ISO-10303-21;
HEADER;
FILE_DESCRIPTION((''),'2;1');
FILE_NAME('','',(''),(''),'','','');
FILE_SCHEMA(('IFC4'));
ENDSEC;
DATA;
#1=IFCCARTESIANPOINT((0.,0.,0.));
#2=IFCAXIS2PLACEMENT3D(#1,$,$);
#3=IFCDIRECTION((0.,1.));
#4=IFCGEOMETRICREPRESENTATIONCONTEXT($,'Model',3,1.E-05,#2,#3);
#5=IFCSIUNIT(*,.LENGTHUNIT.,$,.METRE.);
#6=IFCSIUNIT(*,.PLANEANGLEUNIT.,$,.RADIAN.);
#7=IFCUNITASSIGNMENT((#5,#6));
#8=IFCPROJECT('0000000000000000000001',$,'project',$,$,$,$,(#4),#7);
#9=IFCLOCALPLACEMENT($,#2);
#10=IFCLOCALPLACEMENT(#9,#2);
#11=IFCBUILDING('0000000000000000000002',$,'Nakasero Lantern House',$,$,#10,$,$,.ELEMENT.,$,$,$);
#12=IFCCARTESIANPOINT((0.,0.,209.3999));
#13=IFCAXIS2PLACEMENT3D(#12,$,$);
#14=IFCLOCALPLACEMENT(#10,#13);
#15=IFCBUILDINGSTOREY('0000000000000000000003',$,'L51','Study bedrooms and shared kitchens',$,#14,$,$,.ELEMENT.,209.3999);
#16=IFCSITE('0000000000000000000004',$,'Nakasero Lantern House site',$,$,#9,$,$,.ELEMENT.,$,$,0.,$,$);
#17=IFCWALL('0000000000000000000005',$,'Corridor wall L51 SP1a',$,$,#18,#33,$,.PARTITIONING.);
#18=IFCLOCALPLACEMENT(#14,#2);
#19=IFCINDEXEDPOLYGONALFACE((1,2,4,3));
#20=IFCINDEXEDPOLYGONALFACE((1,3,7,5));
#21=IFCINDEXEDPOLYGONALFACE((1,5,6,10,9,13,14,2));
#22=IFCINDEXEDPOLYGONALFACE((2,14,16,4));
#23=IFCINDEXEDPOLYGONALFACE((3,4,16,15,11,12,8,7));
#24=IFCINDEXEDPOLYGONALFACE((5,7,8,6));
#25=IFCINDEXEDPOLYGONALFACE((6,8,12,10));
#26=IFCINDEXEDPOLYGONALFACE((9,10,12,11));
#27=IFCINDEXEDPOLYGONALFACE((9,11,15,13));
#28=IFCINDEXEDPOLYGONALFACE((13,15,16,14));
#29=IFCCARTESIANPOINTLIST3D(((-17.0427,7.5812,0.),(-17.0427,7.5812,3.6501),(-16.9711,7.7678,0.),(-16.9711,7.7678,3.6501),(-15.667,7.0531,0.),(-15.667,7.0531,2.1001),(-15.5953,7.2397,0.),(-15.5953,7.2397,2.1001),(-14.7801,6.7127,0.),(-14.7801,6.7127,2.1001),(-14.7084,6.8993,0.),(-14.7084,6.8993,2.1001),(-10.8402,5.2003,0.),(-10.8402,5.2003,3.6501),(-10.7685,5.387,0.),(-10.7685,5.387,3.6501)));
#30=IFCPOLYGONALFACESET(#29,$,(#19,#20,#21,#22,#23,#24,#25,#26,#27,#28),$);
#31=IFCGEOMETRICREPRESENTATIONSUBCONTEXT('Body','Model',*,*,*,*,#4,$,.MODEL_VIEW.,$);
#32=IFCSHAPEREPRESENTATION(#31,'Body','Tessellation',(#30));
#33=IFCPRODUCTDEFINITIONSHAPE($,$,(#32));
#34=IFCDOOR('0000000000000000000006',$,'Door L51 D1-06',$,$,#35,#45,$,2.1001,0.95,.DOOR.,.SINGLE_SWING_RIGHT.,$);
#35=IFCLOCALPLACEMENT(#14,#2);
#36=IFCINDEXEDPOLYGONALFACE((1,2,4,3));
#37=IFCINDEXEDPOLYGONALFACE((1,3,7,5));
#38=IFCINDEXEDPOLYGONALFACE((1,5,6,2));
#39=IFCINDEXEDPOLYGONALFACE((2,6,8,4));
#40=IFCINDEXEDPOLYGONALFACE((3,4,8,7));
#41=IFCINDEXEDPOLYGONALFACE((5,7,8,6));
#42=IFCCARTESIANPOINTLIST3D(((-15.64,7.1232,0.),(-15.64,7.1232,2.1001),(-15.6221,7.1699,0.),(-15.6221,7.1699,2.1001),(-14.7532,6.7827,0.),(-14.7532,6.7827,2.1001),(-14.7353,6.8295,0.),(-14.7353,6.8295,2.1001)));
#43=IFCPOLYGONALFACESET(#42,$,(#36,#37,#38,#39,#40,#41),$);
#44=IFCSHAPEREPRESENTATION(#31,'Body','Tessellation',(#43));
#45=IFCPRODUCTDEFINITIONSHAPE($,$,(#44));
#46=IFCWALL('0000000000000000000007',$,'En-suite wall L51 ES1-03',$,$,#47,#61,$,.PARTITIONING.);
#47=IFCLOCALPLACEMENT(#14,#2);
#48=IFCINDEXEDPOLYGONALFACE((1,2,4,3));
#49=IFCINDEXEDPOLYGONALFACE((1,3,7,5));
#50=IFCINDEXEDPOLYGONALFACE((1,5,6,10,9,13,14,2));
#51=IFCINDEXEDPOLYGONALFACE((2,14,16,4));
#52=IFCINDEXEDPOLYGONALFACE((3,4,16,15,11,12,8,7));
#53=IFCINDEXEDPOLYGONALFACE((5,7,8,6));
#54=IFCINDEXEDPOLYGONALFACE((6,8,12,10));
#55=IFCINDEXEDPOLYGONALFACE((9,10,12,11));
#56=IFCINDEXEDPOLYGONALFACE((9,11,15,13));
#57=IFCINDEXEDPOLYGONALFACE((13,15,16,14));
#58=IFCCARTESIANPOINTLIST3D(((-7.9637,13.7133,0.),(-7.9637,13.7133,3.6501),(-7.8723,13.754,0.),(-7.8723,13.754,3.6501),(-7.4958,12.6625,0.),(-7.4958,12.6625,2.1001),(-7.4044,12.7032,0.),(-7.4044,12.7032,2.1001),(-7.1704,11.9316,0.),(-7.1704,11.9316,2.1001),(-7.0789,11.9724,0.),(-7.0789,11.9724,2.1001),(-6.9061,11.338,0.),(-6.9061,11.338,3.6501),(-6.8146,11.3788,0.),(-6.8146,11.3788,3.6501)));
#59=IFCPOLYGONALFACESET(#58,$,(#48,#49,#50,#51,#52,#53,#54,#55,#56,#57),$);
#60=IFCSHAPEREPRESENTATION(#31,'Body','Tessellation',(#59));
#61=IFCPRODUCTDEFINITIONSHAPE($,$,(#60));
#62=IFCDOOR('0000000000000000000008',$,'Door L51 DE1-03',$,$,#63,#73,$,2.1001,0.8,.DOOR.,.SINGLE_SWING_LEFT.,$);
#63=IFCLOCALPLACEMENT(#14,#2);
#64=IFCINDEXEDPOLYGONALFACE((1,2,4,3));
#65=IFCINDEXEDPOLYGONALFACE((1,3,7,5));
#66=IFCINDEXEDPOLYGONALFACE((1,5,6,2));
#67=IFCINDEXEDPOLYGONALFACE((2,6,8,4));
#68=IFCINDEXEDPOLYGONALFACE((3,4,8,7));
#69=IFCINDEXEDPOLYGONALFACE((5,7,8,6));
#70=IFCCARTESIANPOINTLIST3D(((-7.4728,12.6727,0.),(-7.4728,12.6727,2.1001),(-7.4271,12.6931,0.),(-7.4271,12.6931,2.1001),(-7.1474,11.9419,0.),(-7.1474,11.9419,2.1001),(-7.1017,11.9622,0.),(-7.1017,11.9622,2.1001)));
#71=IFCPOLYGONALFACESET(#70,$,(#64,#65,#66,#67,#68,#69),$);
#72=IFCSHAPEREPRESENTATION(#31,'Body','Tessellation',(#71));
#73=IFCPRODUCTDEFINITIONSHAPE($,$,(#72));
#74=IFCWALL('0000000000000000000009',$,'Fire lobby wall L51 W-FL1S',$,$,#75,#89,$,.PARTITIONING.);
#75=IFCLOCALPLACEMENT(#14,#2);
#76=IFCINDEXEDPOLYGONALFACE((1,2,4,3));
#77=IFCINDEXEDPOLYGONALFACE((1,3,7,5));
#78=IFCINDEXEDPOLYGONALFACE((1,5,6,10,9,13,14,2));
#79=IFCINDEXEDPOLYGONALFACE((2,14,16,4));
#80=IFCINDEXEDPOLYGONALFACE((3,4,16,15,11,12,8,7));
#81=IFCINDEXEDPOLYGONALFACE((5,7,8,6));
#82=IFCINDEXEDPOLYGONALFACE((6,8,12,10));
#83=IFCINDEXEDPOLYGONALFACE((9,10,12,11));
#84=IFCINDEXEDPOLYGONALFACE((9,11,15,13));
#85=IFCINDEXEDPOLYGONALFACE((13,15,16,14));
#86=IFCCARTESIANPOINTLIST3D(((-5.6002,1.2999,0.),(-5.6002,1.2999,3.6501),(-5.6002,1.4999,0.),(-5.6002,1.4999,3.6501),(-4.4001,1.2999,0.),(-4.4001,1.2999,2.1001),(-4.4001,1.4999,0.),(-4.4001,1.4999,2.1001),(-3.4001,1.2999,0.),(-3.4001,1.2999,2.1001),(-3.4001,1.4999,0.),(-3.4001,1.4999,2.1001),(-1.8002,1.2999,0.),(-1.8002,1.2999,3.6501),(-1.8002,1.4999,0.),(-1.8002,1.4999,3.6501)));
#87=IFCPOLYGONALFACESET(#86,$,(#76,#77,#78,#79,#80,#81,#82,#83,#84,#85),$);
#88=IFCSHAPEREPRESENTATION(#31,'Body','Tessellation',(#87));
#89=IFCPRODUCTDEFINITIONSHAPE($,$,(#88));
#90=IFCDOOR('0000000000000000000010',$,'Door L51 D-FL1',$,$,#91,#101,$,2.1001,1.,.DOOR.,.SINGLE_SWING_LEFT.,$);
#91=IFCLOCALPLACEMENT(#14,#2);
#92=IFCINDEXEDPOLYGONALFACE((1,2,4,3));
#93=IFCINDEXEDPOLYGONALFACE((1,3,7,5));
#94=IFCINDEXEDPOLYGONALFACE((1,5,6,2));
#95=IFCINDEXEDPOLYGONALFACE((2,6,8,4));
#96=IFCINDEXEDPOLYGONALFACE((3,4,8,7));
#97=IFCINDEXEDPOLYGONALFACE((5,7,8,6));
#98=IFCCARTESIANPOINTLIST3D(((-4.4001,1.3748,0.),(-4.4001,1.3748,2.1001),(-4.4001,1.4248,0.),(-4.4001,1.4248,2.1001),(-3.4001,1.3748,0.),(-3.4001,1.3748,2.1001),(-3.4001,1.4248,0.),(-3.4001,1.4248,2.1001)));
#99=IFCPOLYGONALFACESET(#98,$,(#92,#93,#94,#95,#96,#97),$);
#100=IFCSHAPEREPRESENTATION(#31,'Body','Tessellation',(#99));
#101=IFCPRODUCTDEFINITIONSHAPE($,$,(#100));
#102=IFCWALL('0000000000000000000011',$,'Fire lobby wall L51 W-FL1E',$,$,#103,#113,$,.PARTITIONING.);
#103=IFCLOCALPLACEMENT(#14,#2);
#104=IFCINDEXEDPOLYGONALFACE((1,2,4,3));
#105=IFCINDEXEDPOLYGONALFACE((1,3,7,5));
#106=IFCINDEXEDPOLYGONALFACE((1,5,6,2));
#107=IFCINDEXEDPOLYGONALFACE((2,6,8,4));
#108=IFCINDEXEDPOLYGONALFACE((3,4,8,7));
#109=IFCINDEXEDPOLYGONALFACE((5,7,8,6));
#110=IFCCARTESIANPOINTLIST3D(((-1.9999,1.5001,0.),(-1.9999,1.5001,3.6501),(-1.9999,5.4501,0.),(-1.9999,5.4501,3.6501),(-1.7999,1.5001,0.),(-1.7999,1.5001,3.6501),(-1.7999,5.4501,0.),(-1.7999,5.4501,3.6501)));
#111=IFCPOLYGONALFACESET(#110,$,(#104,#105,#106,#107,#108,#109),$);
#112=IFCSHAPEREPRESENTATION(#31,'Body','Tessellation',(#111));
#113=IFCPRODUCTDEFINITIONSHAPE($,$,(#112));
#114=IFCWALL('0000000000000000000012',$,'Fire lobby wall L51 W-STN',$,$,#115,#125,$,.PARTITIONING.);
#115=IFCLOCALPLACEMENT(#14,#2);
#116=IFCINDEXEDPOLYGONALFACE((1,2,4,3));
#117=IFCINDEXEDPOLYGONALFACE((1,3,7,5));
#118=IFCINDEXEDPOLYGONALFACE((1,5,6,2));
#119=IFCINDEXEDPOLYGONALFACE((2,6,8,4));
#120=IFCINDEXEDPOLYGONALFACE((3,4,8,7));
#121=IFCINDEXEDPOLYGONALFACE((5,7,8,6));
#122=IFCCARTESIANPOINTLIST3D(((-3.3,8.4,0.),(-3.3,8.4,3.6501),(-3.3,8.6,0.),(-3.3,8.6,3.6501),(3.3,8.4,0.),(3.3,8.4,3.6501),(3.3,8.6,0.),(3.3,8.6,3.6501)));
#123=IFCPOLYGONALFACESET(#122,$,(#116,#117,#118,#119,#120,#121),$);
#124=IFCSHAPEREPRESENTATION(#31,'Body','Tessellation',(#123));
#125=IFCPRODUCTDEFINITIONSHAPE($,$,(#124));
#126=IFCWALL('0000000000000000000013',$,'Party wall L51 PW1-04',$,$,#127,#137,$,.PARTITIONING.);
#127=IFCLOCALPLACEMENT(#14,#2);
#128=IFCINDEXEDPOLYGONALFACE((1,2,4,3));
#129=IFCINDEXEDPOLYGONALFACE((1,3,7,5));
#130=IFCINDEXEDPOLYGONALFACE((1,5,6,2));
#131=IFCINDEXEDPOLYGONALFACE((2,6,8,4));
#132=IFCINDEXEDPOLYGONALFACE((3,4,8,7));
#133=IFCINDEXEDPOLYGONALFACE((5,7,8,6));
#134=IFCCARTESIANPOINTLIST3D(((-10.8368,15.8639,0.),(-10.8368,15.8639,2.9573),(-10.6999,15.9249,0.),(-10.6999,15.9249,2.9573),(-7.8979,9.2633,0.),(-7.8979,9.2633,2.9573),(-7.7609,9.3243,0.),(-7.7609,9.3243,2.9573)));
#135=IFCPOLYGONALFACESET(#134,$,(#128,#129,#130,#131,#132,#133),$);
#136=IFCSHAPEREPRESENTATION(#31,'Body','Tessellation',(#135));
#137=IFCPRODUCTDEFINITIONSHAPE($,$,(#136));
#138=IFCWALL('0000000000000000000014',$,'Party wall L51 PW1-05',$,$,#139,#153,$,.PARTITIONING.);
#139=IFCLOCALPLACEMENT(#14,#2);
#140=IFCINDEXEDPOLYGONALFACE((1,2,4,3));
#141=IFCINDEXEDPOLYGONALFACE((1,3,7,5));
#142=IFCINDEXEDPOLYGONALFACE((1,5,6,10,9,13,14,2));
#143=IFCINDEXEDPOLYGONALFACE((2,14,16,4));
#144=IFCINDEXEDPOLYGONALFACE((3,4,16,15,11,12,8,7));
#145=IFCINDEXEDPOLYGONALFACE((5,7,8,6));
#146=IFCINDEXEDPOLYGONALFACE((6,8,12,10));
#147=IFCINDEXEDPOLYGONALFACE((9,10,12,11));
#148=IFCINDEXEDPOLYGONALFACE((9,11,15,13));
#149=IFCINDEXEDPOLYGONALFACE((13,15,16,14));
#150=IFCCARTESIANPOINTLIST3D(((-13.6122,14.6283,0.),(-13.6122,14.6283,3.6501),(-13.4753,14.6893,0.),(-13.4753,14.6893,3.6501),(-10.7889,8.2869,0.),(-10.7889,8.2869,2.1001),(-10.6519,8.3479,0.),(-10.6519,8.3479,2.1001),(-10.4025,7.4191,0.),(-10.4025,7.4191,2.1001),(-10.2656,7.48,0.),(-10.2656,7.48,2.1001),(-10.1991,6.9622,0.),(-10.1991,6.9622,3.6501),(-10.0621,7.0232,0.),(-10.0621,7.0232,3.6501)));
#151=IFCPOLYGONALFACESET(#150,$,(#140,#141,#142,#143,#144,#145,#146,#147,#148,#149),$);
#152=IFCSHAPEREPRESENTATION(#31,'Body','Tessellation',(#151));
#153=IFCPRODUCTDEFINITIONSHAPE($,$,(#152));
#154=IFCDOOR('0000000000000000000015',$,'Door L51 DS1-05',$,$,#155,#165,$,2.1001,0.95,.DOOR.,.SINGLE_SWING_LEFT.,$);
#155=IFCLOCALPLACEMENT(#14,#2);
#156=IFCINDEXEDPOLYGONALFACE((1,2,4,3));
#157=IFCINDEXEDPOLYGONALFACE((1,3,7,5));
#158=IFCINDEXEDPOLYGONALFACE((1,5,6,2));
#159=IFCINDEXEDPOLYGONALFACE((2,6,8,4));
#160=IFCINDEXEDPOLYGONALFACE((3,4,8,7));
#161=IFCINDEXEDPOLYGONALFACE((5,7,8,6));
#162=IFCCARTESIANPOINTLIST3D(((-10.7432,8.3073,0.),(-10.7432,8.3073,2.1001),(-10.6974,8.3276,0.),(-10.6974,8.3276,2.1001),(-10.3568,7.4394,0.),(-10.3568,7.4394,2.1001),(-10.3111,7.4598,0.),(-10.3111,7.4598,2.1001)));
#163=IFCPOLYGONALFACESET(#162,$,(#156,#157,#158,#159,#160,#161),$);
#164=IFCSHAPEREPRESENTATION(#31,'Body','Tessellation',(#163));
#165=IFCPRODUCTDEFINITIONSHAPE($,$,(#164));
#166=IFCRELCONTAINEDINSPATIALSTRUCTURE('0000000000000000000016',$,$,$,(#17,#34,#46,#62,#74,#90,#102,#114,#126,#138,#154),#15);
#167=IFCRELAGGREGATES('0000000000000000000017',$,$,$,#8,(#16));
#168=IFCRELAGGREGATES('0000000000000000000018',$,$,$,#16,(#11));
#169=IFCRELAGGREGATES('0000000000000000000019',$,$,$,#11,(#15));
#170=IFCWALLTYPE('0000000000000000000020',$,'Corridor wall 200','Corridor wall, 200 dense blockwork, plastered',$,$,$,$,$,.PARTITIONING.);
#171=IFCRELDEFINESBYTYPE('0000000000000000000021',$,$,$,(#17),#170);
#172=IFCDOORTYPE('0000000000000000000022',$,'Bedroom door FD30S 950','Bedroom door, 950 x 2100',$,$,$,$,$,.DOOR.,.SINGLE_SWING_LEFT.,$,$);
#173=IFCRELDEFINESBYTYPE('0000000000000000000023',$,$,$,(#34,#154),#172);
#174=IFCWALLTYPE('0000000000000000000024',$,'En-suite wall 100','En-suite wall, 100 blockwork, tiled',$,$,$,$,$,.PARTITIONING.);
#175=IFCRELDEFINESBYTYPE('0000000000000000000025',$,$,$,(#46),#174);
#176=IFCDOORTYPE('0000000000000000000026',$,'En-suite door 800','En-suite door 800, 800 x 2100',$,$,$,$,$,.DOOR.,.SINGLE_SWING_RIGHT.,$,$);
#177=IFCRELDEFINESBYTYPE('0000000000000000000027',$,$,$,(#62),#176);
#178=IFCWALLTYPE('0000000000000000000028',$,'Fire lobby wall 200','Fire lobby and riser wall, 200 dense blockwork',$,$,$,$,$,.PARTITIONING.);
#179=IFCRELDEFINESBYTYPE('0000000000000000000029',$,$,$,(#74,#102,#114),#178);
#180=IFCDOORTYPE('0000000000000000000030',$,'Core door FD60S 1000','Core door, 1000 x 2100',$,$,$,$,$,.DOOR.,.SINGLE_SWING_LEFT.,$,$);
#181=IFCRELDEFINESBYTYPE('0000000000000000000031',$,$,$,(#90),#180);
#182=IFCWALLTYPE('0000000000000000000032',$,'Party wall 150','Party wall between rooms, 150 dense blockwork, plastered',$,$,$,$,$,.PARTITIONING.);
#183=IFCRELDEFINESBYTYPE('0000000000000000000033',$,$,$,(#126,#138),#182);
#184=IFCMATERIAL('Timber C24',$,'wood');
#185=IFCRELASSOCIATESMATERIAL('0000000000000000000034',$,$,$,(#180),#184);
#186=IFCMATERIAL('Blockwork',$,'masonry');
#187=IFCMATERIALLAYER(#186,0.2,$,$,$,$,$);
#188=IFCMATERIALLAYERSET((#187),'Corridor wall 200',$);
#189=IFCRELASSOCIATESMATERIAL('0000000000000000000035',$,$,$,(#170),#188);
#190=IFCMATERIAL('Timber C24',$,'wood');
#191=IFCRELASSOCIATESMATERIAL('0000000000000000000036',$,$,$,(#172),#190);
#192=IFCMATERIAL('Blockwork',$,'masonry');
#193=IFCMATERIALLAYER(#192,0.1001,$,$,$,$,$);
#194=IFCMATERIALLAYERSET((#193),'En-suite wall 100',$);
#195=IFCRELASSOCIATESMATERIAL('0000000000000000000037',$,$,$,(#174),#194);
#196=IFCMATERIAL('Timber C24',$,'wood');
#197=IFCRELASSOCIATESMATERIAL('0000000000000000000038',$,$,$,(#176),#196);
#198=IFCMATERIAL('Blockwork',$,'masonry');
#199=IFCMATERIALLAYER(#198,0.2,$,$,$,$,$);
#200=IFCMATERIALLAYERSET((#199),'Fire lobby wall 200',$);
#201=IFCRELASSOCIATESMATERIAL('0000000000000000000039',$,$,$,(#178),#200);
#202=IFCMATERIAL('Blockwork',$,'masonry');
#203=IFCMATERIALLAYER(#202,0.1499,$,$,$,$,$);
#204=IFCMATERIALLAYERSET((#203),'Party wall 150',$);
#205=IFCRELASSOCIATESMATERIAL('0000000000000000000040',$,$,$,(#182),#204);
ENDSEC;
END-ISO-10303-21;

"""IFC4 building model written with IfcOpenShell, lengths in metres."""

from ifc_helpers import new_model, si_unit, direction, frame, frame_2d, origin, place, context, subcontext, project, spatial, rectangle, extrude, material, layer, layer_set, type_object, element, fill, save


model = new_model("IFC4")

# Units and contexts
model_context = context("Model", 3, precision=1e-05, world=origin(), true_north=direction((0.0, 1.0)))
body_context = subcontext(model_context, "Body", "Model", "MODEL_VIEW")
ifc_project = project(units=[si_unit("LENGTHUNIT", "METRE"), si_unit("PLANEANGLEUNIT", "RADIAN")], contexts=[model_context])

# Site, building, storey
site_placement = place(None, origin())
site = spatial("IfcSite", under=ifc_project, at=site_placement, Name="Nakasero Lantern House site", CompositionType="ELEMENT", RefElevation=0.0)
building_placement = place(site_placement, origin())
building = spatial("IfcBuilding", under=site, at=building_placement, Name="Nakasero Lantern House", CompositionType="ELEMENT")
storey_placement = place(building_placement, frame((0.0, 0.0, 209.3999)))
storey = spatial("IfcBuildingStorey", under=building, at=storey_placement, Name="L51", Description="Study bedrooms and shared kitchens", CompositionType="ELEMENT", Elevation=209.3999)

# Shared definitions
ifc_material_1 = material(Name="Timber C24", Category="wood")
door_type_1 = type_object("IfcDoorType", Name="Core door FD60S 1000", Description="Core door, 1000 x 2100", OperationType="SINGLE_SWING_LEFT", PredefinedType="DOOR", material=ifc_material_1)

# Walls, openings, doors
ifc_material_2 = material(Name="Blockwork", Category="masonry")
ifc_layer_1 = layer(ifc_material_2, 0.2)
ifc_layer_set_1 = layer_set([ifc_layer_1], Name="Corridor wall 200")
wall_type_1 = type_object("IfcWallType", Name="Corridor wall 200", Description="Corridor wall, 200 dense blockwork, plastered", PredefinedType="PARTITIONING", material=ifc_layer_set_1)
ifc_material_3 = material(Name="Timber C24", Category="wood")
door_type_2 = type_object("IfcDoorType", Name="Bedroom door FD30S 950", Description="Bedroom door, 950 x 2100", OperationType="SINGLE_SWING_LEFT", PredefinedType="DOOR", material=ifc_material_3)
wall_1_placement = place(storey_placement, frame((-10.8044, 5.2937, 0.0), z_axis=(0.0, 0.0, 1.0), x_axis=(-0.933586, 0.358354, 0.0)))
wall_1 = element("IfcWall", 1, at=wall_1_placement, inside=storey, type_object=wall_type_1, Name="Corridor wall L51 SP1a", PredefinedType="PARTITIONING", context=body_context, shape_type="SweptSolid", body=[
    extrude(rectangle(XDim=6.6438, YDim=0.2, at=frame_2d((3.3218, 0.0))), origin(), (0.0, 0.0, 1.0), 3.6501),
])
opening_1_placement = place(wall_1_placement, frame((4.22, 0.0, 0.0)))
opening_1 = element("IfcOpeningElement", 2, at=opening_1_placement, cuts=wall_1, PredefinedType="OPENING", context=body_context, shape_type="SweptSolid", body=[
    extrude(rectangle(XDim=0.95, YDim=2.1001, at=frame_2d((0.4751, 1.05))), frame((0.0, 0.1199, 0.0), z_axis=(0.0, -1.0, 0.0), x_axis=(1.0, 0.0, 0.0)), (0.0, 0.0, 1.0), 0.24),
])
door_1_placement = place(opening_1_placement, origin())
door_1 = element("IfcDoor", 3, at=door_1_placement, inside=storey, type_object=door_type_2, Name="Door L51 D1-06", OperationType="SINGLE_SWING_RIGHT", OverallHeight=2.1001, OverallWidth=0.95, PredefinedType="DOOR", context=body_context, shape_type="SweptSolid", body=[
    extrude(rectangle(XDim=0.95, YDim=2.1001, at=frame_2d((0.4751, 1.05))), frame((0.0, 0.0249, 0.0), z_axis=(0.0, -1.0, 0.0), x_axis=(1.0, 0.0, 0.0)), (0.0, 0.0, 1.0), 0.05),
])
fill(opening_1, door_1)
ifc_material_4 = material(Name="Blockwork", Category="masonry")
ifc_layer_2 = layer(ifc_material_4, 0.1001)
ifc_layer_set_2 = layer_set([ifc_layer_2], Name="En-suite wall 100")
wall_type_2 = type_object("IfcWallType", Name="En-suite wall 100", Description="En-suite wall, 100 blockwork, tiled", PredefinedType="PARTITIONING", material=ifc_layer_set_2)
wall_2_placement = place(storey_placement, frame((-6.8604, 11.3584, 0.0), z_axis=(0.0, 0.0, 1.0), x_axis=(-0.406766, 0.913533, 0.0)))
wall_2 = element("IfcWall", 4, at=wall_2_placement, inside=storey, type_object=wall_type_2, Name="En-suite wall L51 ES1-03", PredefinedType="PARTITIONING", context=body_context, shape_type="SweptSolid", body=[
    extrude(rectangle(XDim=2.6001, YDim=0.1001, at=frame_2d((1.3, 0.0))), origin(), (0.0, 0.0, 1.0), 3.6501),
])
opening_2_placement = place(wall_2_placement, frame((0.6499, 0.0, 0.0)))
opening_2 = element("IfcOpeningElement", 5, at=opening_2_placement, cuts=wall_2, PredefinedType="OPENING", context=body_context, shape_type="SweptSolid", body=[
    extrude(rectangle(XDim=0.8, YDim=2.1001, at=frame_2d((0.3999, 1.05))), frame((0.0, 0.0701, 0.0), z_axis=(0.0, -1.0, 0.0), x_axis=(1.0, 0.0, 0.0)), (0.0, 0.0, 1.0), 0.1401),
])
ifc_material_5 = material(Name="Timber C24", Category="wood")
door_type_3 = type_object("IfcDoorType", Name="En-suite door 800", Description="En-suite door 800, 800 x 2100", OperationType="SINGLE_SWING_RIGHT", PredefinedType="DOOR", material=ifc_material_5)
door_2_placement = place(opening_2_placement, origin())
door_2 = element("IfcDoor", 6, at=door_2_placement, inside=storey, type_object=door_type_3, Name="Door L51 DE1-03", OperationType="SINGLE_SWING_LEFT", OverallHeight=2.1001, OverallWidth=0.8, PredefinedType="DOOR", context=body_context, shape_type="SweptSolid", body=[
    extrude(rectangle(XDim=0.8, YDim=2.1001, at=frame_2d((0.3999, 1.05))), frame((0.0, 0.0249, 0.0), z_axis=(0.0, -1.0, 0.0), x_axis=(1.0, 0.0, 0.0)), (0.0, 0.0, 1.0), 0.05),
])
fill(opening_2, door_2)
ifc_material_6 = material(Name="Blockwork", Category="masonry")
ifc_layer_3 = layer(ifc_material_6, 0.2)
ifc_layer_set_3 = layer_set([ifc_layer_3], Name="Fire lobby wall 200")
wall_type_3 = type_object("IfcWallType", Name="Fire lobby wall 200", Description="Fire lobby and riser wall, 200 dense blockwork", PredefinedType="PARTITIONING", material=ifc_layer_set_3)
wall_3_placement = place(storey_placement, frame((-5.6001, 1.3999, 0.0), z_axis=(0.0, 0.0, 1.0), x_axis=(1.0, 0.0, 0.0)))
wall_3 = element("IfcWall", 7, at=wall_3_placement, inside=storey, type_object=wall_type_3, Name="Fire lobby wall L51 W-FL1S", PredefinedType="PARTITIONING", context=body_context, shape_type="SweptSolid", body=[
    extrude(rectangle(XDim=3.8, YDim=0.2, at=frame_2d((1.8999, 0.0))), origin(), (0.0, 0.0, 1.0), 3.6501),
])
opening_3_placement = place(wall_3_placement, frame((1.2, 0.0, 0.0)))
opening_3 = element("IfcOpeningElement", 8, at=opening_3_placement, cuts=wall_3, PredefinedType="OPENING", context=body_context, shape_type="SweptSolid", body=[
    extrude(rectangle(XDim=1.0, YDim=2.1001, at=frame_2d((0.5, 1.05))), frame((0.0, 0.1199, 0.0), z_axis=(0.0, -1.0, 0.0), x_axis=(1.0, 0.0, 0.0)), (0.0, 0.0, 1.0), 0.24),
])
door_3_placement = place(opening_3_placement, origin())
door_3 = element("IfcDoor", 9, at=door_3_placement, inside=storey, type_object=door_type_1, Name="Door L51 D-FL1", OperationType="SINGLE_SWING_LEFT", OverallHeight=2.1001, OverallWidth=1.0, PredefinedType="DOOR", context=body_context, shape_type="SweptSolid", body=[
    extrude(rectangle(XDim=1.0, YDim=2.1001, at=frame_2d((0.5, 1.05))), frame((0.0, 0.0249, 0.0), z_axis=(0.0, -1.0, 0.0), x_axis=(1.0, 0.0, 0.0)), (0.0, 0.0, 1.0), 0.05),
])
fill(opening_3, door_3)

# Walls
wall_4_placement = place(storey_placement, frame((-1.8999, 1.5, 0.0), z_axis=(0.0, 0.0, 1.0), x_axis=(0.0, 1.0, 0.0)))
element("IfcWall", 10, at=wall_4_placement, inside=storey, type_object=wall_type_3, Name="Fire lobby wall L51 W-FL1E", PredefinedType="PARTITIONING", context=body_context, shape_type="SweptSolid", body=[
    extrude(rectangle(XDim=3.95, YDim=0.2, at=frame_2d((1.9751, 0.0))), origin(), (0.0, 0.0, 1.0), 3.6501),
])
wall_5_placement = place(storey_placement, frame((-3.3, 8.5, 0.0), z_axis=(0.0, 0.0, 1.0), x_axis=(1.0, 0.0, 0.0)))
element("IfcWall", 11, at=wall_5_placement, inside=storey, type_object=wall_type_3, Name="Fire lobby wall L51 W-STN", PredefinedType="PARTITIONING", context=body_context, shape_type="SweptSolid", body=[
    extrude(rectangle(XDim=6.6001, YDim=0.2, at=frame_2d((3.3, 0.0))), origin(), (0.0, 0.0, 1.0), 3.6501),
])
ifc_material_7 = material(Name="Blockwork", Category="masonry")
ifc_layer_4 = layer(ifc_material_7, 0.1499)
ifc_layer_set_4 = layer_set([ifc_layer_4], Name="Party wall 150")
wall_type_4 = type_object("IfcWallType", Name="Party wall 150", Description="Party wall between rooms, 150 dense blockwork, plastered", PredefinedType="PARTITIONING", material=ifc_layer_set_4)
wall_6_placement = place(storey_placement, frame((-7.8293, 9.2937, 0.0), z_axis=(0.0, 0.0, 1.0), x_axis=(-0.406759, 0.913535, 0.0)))
element("IfcWall", 12, at=wall_6_placement, inside=storey, type_object=wall_type_4, Name="Party wall L51 PW1-04", PredefinedType="PARTITIONING", context=body_context, shape_type="SweptSolid", body=[
    extrude(rectangle(XDim=7.2253, YDim=0.1499, at=frame_2d((3.6128, 0.0))), origin(), (0.0, 0.0, 1.0), 2.9573),
])

# Wall, opening, door
wall_7_placement = place(storey_placement, frame((-10.1306, 6.9927, 0.0), z_axis=(0.0, 0.0, 1.0), x_axis=(-0.406732, 0.913547, 0.0)))
wall_7 = element("IfcWall", 13, at=wall_7_placement, inside=storey, type_object=wall_type_4, Name="Party wall L51 PW1-05", PredefinedType="PARTITIONING", context=body_context, shape_type="SweptSolid", body=[
    extrude(rectangle(XDim=8.3916, YDim=0.1499, at=frame_2d((4.1958, 0.0))), origin(), (0.0, 0.0, 1.0), 3.6501),
])
opening_4_placement = place(wall_7_placement, frame((0.5, 0.0, 0.0)))
opening_4 = element("IfcOpeningElement", 14, at=opening_4_placement, cuts=wall_7, PredefinedType="OPENING", context=body_context, shape_type="SweptSolid", body=[
    extrude(rectangle(XDim=0.95, YDim=2.1001, at=frame_2d((0.4751, 1.05))), frame((0.0, 0.095, 0.0), z_axis=(0.0, -1.0, 0.0), x_axis=(1.0, 0.0, 0.0)), (0.0, 0.0, 1.0), 0.1899),
])
door_4_placement = place(opening_4_placement, origin())
door_4 = element("IfcDoor", 15, at=door_4_placement, inside=storey, type_object=door_type_2, Name="Door L51 DS1-05", OperationType="SINGLE_SWING_LEFT", OverallHeight=2.1001, OverallWidth=0.95, PredefinedType="DOOR", context=body_context, shape_type="SweptSolid", body=[
    extrude(rectangle(XDim=0.95, YDim=2.1001, at=frame_2d((0.4751, 1.05))), frame((0.0, 0.0249, 0.0), z_axis=(0.0, -1.0, 0.0), x_axis=(1.0, 0.0, 0.0)), (0.0, 0.0, 1.0), 0.05),
])
fill(opening_4, door_4)

save(model, "model.ifc")
